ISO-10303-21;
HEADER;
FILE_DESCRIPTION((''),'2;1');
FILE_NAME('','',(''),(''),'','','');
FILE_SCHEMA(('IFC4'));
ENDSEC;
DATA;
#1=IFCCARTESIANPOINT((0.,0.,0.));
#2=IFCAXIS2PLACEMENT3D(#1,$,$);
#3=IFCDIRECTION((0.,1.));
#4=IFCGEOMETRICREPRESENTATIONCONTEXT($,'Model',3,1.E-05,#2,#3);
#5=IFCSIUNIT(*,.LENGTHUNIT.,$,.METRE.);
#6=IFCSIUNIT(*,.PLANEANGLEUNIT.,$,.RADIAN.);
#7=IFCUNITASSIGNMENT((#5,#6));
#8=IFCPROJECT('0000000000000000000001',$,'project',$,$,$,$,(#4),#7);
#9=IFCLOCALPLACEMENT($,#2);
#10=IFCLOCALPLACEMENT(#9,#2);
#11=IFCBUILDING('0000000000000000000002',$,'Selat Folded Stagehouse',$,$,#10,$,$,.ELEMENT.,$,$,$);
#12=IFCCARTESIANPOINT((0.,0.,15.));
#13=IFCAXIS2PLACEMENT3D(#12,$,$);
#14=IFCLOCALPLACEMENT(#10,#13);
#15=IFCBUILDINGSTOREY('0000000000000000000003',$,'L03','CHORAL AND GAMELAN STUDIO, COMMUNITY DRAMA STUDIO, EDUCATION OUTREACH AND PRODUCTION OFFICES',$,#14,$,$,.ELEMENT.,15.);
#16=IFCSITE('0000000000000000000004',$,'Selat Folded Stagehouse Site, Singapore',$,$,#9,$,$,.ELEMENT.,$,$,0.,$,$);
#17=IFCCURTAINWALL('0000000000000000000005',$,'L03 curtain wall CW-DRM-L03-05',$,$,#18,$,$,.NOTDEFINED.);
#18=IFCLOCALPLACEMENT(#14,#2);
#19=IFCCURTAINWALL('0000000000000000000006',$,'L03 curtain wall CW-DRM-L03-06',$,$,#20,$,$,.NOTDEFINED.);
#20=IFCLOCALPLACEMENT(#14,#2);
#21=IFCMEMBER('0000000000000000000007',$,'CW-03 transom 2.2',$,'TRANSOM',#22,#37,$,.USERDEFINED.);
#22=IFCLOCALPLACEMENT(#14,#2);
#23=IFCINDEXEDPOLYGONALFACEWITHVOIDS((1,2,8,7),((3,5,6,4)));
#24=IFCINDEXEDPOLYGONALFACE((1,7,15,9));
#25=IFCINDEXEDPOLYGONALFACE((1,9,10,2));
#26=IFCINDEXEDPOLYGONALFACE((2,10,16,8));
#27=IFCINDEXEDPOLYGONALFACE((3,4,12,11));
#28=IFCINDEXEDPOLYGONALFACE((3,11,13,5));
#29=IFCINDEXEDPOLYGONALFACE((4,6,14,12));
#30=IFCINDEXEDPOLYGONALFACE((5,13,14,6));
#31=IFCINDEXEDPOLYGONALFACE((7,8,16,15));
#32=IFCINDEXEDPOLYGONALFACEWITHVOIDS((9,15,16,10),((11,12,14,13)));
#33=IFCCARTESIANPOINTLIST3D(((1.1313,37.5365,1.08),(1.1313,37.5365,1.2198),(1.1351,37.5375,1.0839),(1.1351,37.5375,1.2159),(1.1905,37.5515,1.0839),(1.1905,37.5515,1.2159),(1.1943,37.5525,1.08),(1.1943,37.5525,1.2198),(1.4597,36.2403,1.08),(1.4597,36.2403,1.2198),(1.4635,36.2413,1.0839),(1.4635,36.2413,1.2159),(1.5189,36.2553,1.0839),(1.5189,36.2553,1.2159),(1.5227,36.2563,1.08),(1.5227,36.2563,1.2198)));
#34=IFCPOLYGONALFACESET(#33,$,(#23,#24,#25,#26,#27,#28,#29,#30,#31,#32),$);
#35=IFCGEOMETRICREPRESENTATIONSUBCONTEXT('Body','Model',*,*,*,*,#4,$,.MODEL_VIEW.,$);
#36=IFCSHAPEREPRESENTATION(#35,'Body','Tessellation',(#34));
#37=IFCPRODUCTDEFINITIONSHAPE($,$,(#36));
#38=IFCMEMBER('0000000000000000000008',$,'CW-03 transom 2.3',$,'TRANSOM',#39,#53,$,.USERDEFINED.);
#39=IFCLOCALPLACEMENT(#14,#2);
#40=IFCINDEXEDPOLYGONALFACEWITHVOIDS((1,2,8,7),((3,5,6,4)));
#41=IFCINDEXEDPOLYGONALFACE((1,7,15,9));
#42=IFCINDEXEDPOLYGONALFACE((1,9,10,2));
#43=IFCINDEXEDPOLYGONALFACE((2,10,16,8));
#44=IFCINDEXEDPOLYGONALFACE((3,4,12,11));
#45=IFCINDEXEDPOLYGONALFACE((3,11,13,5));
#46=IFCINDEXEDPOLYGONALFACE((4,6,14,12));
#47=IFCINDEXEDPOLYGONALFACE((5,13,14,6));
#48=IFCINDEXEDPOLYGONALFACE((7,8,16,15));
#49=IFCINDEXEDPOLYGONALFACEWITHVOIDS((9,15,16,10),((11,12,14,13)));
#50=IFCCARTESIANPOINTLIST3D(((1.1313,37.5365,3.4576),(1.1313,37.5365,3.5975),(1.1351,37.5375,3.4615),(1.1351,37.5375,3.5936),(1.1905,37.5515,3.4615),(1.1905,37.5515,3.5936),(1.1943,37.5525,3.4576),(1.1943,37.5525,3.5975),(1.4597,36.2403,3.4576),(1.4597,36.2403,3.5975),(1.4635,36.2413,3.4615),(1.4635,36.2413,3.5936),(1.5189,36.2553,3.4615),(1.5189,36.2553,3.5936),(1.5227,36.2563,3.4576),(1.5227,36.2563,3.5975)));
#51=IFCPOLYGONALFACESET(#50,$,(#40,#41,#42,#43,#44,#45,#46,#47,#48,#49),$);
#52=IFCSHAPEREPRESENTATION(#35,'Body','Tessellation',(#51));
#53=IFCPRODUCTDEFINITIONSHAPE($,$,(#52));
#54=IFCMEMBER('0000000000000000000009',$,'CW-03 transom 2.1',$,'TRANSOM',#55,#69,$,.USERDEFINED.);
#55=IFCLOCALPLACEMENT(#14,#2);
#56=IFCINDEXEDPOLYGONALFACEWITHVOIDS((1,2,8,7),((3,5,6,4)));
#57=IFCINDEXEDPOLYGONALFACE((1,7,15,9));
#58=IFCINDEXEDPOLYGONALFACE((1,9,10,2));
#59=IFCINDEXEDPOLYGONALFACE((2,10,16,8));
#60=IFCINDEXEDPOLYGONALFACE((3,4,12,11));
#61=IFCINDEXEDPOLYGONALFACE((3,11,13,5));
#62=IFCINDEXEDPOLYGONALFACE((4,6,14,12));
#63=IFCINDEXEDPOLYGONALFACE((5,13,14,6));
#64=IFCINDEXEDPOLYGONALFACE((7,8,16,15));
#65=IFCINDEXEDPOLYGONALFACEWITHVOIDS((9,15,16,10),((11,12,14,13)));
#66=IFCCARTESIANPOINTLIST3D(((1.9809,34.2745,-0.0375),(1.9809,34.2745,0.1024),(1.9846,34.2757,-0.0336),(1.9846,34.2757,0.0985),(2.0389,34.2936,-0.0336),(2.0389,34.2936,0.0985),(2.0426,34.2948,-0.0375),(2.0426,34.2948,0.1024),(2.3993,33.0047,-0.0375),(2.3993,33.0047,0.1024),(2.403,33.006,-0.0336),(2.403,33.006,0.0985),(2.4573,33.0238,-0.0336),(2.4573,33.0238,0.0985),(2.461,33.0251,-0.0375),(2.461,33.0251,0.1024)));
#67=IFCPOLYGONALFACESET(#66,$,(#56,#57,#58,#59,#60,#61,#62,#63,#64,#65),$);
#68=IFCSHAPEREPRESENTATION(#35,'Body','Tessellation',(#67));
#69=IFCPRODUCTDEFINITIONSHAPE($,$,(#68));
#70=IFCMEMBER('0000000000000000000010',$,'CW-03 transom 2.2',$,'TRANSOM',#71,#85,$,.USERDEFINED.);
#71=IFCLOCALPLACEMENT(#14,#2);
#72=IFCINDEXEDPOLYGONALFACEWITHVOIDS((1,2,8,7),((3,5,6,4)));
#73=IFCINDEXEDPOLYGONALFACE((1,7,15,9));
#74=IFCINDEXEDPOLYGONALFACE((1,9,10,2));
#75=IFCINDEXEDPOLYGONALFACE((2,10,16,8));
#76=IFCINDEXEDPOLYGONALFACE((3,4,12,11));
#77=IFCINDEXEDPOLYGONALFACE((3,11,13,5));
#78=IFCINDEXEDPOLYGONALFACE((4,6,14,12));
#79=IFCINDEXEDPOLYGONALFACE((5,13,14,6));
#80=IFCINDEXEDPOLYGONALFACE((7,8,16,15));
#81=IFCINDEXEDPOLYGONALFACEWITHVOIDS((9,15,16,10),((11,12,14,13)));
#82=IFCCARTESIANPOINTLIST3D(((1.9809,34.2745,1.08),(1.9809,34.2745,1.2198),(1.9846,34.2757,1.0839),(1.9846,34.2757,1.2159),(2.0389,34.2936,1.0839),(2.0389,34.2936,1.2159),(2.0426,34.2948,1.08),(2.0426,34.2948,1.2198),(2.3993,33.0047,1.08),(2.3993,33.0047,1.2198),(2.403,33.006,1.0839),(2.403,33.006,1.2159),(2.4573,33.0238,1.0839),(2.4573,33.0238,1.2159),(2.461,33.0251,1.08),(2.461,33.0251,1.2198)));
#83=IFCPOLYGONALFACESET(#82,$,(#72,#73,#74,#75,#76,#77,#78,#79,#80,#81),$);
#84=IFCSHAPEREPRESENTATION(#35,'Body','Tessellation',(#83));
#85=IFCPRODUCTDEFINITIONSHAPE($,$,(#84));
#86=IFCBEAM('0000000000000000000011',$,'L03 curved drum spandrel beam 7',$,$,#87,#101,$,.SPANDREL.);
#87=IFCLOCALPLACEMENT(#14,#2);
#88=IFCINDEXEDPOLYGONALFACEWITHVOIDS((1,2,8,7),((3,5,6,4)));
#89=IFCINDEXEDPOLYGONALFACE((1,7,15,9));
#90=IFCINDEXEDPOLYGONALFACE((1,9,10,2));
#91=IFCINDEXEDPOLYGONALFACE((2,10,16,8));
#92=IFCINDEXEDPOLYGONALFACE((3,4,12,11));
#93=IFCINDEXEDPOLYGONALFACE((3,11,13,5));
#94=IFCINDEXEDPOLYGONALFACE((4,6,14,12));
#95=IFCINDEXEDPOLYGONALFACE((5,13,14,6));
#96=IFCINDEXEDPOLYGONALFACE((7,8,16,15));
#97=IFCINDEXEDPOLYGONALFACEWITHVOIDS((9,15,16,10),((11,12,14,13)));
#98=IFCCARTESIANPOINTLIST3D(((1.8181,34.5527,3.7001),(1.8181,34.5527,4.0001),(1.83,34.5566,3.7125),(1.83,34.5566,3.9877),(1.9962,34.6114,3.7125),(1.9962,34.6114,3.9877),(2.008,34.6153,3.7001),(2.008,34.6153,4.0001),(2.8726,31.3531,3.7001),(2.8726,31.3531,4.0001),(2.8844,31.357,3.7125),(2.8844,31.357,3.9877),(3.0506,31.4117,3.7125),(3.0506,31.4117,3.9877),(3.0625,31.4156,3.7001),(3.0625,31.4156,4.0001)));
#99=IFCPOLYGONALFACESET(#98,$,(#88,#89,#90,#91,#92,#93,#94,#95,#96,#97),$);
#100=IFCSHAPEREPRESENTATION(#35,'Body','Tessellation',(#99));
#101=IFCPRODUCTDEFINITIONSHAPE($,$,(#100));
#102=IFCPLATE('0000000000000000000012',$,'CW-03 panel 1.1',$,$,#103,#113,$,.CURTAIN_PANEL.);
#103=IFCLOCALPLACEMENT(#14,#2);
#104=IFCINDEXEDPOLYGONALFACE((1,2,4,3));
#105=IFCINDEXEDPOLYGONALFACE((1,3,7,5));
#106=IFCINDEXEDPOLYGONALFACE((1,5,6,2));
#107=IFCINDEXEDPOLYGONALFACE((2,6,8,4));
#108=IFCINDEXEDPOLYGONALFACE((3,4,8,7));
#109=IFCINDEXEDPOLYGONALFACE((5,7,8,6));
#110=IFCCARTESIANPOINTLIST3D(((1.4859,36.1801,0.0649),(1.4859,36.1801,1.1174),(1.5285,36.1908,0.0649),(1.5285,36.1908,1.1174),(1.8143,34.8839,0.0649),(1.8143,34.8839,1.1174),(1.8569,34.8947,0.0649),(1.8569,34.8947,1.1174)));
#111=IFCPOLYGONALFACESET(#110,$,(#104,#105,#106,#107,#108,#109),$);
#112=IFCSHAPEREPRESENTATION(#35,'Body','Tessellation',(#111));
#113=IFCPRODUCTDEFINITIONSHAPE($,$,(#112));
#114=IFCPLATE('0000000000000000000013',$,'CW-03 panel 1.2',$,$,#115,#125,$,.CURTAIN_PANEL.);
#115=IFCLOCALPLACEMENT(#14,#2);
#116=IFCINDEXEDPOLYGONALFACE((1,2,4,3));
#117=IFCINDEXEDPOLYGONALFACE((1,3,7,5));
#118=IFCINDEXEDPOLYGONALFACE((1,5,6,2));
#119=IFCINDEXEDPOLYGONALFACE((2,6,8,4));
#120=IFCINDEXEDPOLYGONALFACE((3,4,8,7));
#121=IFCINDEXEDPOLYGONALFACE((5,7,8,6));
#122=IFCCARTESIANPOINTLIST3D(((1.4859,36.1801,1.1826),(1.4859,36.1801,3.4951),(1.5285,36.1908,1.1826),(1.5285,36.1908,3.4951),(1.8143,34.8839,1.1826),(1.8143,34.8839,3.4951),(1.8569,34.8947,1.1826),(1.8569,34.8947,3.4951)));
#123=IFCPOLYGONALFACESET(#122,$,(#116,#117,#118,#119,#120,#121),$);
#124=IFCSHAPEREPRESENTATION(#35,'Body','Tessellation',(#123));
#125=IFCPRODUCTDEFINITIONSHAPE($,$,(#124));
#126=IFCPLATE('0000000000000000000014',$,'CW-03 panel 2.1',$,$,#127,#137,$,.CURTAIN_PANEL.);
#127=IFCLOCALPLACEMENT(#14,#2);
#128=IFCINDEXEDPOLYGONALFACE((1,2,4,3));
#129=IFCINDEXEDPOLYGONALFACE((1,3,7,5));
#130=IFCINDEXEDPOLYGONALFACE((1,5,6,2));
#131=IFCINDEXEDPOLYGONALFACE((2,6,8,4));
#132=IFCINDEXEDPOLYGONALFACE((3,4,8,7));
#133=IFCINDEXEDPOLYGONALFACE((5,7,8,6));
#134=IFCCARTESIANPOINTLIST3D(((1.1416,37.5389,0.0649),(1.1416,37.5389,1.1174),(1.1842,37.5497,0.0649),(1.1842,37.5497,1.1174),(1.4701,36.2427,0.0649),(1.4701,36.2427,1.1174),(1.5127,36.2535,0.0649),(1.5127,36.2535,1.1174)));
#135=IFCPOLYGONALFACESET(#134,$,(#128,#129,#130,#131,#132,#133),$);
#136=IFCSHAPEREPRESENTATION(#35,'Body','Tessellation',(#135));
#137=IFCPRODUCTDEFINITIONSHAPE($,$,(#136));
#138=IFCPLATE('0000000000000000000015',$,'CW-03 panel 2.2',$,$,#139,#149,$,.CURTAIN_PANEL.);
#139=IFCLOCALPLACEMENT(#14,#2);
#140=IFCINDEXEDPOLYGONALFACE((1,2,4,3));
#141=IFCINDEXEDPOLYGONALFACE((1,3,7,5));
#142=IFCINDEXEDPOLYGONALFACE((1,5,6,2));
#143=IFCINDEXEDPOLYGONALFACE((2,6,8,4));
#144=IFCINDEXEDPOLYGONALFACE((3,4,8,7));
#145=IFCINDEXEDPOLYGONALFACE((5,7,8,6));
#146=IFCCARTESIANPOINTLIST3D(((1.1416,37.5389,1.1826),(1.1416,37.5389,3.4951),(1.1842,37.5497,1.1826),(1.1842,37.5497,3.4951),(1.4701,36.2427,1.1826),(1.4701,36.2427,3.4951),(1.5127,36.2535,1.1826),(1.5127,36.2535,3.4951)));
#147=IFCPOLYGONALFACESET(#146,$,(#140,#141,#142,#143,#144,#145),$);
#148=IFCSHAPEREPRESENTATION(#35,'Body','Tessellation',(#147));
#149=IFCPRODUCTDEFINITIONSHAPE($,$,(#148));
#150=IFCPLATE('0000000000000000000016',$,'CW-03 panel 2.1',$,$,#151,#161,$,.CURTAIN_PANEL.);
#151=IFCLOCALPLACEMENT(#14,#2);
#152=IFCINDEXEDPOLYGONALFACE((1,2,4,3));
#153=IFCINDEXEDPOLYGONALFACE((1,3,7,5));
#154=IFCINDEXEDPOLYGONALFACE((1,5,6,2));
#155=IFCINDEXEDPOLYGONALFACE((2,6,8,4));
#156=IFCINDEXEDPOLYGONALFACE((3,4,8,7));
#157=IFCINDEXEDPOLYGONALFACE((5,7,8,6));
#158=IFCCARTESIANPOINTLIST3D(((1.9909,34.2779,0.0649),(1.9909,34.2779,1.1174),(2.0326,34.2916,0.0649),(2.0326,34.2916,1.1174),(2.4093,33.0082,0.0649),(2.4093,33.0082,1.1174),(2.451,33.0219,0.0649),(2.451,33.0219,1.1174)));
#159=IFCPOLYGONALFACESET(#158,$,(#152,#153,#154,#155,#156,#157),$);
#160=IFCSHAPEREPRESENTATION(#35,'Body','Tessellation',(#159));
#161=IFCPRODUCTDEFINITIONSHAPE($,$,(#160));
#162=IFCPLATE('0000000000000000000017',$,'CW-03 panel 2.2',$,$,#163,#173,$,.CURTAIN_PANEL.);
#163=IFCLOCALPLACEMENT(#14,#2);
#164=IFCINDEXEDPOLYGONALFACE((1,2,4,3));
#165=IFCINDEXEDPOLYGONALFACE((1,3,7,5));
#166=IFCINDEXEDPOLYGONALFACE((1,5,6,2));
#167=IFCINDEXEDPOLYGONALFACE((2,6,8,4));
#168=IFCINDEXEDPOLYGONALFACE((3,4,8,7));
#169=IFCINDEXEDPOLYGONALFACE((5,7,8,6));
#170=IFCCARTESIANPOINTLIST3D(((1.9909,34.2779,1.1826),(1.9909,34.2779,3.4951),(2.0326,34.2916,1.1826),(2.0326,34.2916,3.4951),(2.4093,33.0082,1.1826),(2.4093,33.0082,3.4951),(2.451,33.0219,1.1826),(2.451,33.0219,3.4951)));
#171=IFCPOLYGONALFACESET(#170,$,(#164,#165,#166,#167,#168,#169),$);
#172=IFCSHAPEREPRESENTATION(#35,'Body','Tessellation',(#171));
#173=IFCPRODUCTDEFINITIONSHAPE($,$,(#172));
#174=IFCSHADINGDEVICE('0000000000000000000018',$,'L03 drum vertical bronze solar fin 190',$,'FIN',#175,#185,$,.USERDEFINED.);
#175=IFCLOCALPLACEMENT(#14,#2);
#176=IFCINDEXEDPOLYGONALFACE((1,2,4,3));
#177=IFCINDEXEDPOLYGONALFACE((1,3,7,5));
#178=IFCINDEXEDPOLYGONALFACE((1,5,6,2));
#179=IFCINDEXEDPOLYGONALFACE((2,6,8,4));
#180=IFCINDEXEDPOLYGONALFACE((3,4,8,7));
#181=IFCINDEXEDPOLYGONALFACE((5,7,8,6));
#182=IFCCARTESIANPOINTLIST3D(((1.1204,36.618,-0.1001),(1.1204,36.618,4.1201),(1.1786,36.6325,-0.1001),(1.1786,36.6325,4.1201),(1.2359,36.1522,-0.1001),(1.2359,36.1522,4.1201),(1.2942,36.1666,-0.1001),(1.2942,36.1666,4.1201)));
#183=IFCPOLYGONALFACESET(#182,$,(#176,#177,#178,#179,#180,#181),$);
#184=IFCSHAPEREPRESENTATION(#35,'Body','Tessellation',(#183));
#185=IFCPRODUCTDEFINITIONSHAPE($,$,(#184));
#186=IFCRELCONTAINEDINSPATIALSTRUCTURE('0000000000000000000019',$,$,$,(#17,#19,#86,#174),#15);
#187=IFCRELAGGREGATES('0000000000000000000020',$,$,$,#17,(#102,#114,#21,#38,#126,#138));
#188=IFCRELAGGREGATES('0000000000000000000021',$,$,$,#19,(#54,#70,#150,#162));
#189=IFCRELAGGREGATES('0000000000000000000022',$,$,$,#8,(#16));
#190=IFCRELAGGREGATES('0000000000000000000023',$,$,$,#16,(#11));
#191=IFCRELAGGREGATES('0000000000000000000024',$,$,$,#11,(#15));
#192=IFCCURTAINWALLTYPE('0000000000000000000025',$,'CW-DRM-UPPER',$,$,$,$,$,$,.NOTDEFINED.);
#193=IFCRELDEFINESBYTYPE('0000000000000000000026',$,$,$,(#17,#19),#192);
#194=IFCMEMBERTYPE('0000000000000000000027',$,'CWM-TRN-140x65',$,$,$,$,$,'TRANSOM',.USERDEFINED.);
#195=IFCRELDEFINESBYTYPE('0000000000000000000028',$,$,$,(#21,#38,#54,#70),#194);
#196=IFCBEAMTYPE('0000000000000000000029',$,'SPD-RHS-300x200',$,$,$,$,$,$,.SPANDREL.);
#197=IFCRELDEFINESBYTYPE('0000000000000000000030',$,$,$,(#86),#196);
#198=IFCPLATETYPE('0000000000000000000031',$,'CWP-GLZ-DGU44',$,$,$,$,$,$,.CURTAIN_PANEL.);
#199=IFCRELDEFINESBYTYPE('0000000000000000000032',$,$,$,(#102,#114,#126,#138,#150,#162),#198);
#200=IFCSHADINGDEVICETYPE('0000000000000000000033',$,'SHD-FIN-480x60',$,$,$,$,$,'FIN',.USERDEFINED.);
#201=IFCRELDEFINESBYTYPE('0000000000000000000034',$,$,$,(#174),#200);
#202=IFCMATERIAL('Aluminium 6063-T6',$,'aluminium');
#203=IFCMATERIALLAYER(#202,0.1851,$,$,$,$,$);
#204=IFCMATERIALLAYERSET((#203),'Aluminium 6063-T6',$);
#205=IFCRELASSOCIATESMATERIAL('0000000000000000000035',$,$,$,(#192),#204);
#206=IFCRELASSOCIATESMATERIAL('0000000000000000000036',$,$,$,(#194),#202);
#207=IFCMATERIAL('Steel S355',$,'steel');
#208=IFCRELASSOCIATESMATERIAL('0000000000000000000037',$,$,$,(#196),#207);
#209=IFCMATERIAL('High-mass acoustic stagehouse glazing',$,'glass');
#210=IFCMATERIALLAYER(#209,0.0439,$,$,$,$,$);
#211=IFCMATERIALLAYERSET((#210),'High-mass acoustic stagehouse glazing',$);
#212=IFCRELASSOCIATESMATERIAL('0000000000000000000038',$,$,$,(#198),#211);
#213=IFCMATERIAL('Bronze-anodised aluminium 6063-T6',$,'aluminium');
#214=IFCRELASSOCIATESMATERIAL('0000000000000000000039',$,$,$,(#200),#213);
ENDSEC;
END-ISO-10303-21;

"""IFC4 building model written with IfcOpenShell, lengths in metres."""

from ifc_helpers import new_model, si_unit, direction, frame, origin, origin_2d, place, context, subcontext, project, spatial, rectangle, hollow_rectangle, extrude, material, layer, layer_set, material_profile, profile_set, type_object, element, aggregate, save


model = new_model("IFC4")

# Units and contexts
model_context = context("Model", 3, precision=1e-05, world=origin(), true_north=direction((0.0, 1.0)))
body_context = subcontext(model_context, "Body", "Model", "MODEL_VIEW")
ifc_project = project(units=[si_unit("LENGTHUNIT", "METRE"), si_unit("PLANEANGLEUNIT", "RADIAN")], contexts=[model_context])

# Site, building, storey
site_placement = place(None, origin())
site = spatial("IfcSite", under=ifc_project, at=site_placement, Name="Selat Folded Stagehouse Site, Singapore", CompositionType="ELEMENT", RefElevation=0.0)
building_placement = place(site_placement, origin())
building = spatial("IfcBuilding", under=site, at=building_placement, Name="Selat Folded Stagehouse", CompositionType="ELEMENT")
storey_placement = place(building_placement, frame((0.0, 0.0, 15.0)))
storey = spatial("IfcBuildingStorey", under=building, at=storey_placement, Name="L03", Description="CHORAL AND GAMELAN STUDIO, COMMUNITY DRAMA STUDIO, EDUCATION OUTREACH AND PRODUCTION OFFICES", CompositionType="ELEMENT", Elevation=15.0)

# Shared definitions
ifc_material_1 = material(Name="Steel S355", Category="steel")

# Curtain wall
ifc_material_2 = material(Name="Aluminium 6063-T6", Category="aluminium")
ifc_layer_1 = layer(ifc_material_2, 0.1851)
ifc_layer_set_1 = layer_set([ifc_layer_1], Name="Aluminium 6063-T6")
curtain_wall_type = type_object("IfcCurtainWallType", Name="CW-DRM-UPPER", PredefinedType="NOTDEFINED", material=ifc_layer_set_1)
curtain_wall_1_placement = place(storey_placement, origin())
curtain_wall_1 = element("IfcCurtainWall", 1, at=curtain_wall_1_placement, inside=storey, type_object=curtain_wall_type, Name="L03 curtain wall CW-DRM-L03-05", PredefinedType="NOTDEFINED")

# Curtain wall
curtain_wall_2_placement = place(storey_placement, origin())
curtain_wall_2 = element("IfcCurtainWall", 2, at=curtain_wall_2_placement, inside=storey, type_object=curtain_wall_type, Name="L03 curtain wall CW-DRM-L03-06", PredefinedType="NOTDEFINED")

# Members
ifc_material_profile_1 = material_profile(ifc_material_2, hollow_rectangle(XDim=0.0649, YDim=0.1399, WallThickness=0.0039, at=origin_2d()), Name="ALU 140x65x4.0")
ifc_profile_set_1 = profile_set([ifc_material_profile_1], Name="Aluminium 6063-T6")
member_type_1 = type_object("IfcMemberType", Name="CWM-TRN-140x65", ElementType="TRANSOM", PredefinedType="USERDEFINED", material=ifc_profile_set_1)
member_1_placement = place(storey_placement, frame((1.4912, 36.2483, 1.1499), z_axis=(-0.245585, 0.969375, 0.0), x_axis=(-0.969375, -0.245585, 0.0)))
member_1 = element("IfcMember", 3, at=member_1_placement, type_object=member_type_1, Name="CW-03 transom 2.2", ObjectType="TRANSOM", PredefinedType="USERDEFINED", context=body_context, shape_type="SweptSolid", body=[
    extrude(hollow_rectangle(XDim=0.0649, YDim=0.1399, WallThickness=0.0039, at=origin_2d()), origin(), (0.0, 0.0, 1.0), 1.3372),
])
member_2_placement = place(storey_placement, frame((1.4912, 36.2483, 3.5276), z_axis=(-0.245585, 0.969375, 0.0), x_axis=(-0.969375, -0.245585, 0.0)))
member_2 = element("IfcMember", 4, at=member_2_placement, type_object=member_type_1, Name="CW-03 transom 2.3", ObjectType="TRANSOM", PredefinedType="USERDEFINED", context=body_context, shape_type="SweptSolid", body=[
    extrude(hollow_rectangle(XDim=0.0649, YDim=0.1399, WallThickness=0.0039, at=origin_2d()), origin(), (0.0, 0.0, 1.0), 1.3372),
])
member_3_placement = place(storey_placement, frame((2.4302, 33.0149, 0.0325), z_axis=(-0.312994, 0.949755, 0.0), x_axis=(-0.949755, -0.312994, 0.0)))
member_3 = element("IfcMember", 5, at=member_3_placement, type_object=member_type_1, Name="CW-03 transom 2.1", ObjectType="TRANSOM", PredefinedType="USERDEFINED", context=body_context, shape_type="SweptSolid", body=[
    extrude(hollow_rectangle(XDim=0.0649, YDim=0.1399, WallThickness=0.0039, at=origin_2d()), origin(), (0.0, 0.0, 1.0), 1.3369),
])
member_4_placement = place(storey_placement, frame((2.4302, 33.0149, 1.1499), z_axis=(-0.312994, 0.949755, 0.0), x_axis=(-0.949755, -0.312994, 0.0)))
member_4 = element("IfcMember", 6, at=member_4_placement, type_object=member_type_1, Name="CW-03 transom 2.2", ObjectType="TRANSOM", PredefinedType="USERDEFINED", context=body_context, shape_type="SweptSolid", body=[
    extrude(hollow_rectangle(XDim=0.0649, YDim=0.1399, WallThickness=0.0039, at=origin_2d()), origin(), (0.0, 0.0, 1.0), 1.3369),
])

# Beam
ifc_material_profile_2 = material_profile(ifc_material_1, hollow_rectangle(XDim=0.2, YDim=0.3, WallThickness=0.0125, at=origin_2d()), Name="RHS 300x200x12.5")
ifc_profile_set_2 = profile_set([ifc_material_profile_2], Name="Steel S355")
beam_type = type_object("IfcBeamType", Name="SPD-RHS-300x200", PredefinedType="SPANDREL", material=ifc_profile_set_2)
beam_placement = place(storey_placement, frame((1.9131, 34.584, 3.8501), z_axis=(0.312987, -0.949758, 0.0), x_axis=(0.949758, 0.312987, 0.0)))
element("IfcBeam", 7, at=beam_placement, inside=storey, type_object=beam_type, Name="L03 curved drum spandrel beam 7", PredefinedType="SPANDREL", context=body_context, shape_type="SweptSolid", body=[
    extrude(hollow_rectangle(XDim=0.2, YDim=0.3, WallThickness=0.0125, at=origin_2d()), origin(), (0.0, 0.0, 1.0), 3.3689),
])

# Plates
ifc_material_3 = material(Name="High-mass acoustic stagehouse glazing", Category="glass")
ifc_layer_2 = layer(ifc_material_3, 0.0439)
ifc_layer_set_2 = layer_set([ifc_layer_2], Name="High-mass acoustic stagehouse glazing")
plate_type = type_object("IfcPlateType", Name="CWP-GLZ-DGU44", PredefinedType="CURTAIN_PANEL", material=ifc_layer_set_2)
plate_1_placement = place(storey_placement, frame((1.6714, 35.5374, 0.0649), z_axis=(0.0, 0.0, 1.0), x_axis=(-0.245618, 0.969367, 0.0)))
plate_1 = element("IfcPlate", 8, at=plate_1_placement, type_object=plate_type, Name="CW-03 panel 1.1", PredefinedType="CURTAIN_PANEL", context=body_context, shape_type="SweptSolid", body=[
    extrude(rectangle(XDim=1.3372, YDim=0.0439, at=origin_2d()), origin(), (0.0, 0.0, 1.0), 1.0525),
])
plate_2_placement = place(storey_placement, frame((1.6714, 35.5374, 1.1826), z_axis=(0.0, 0.0, 1.0), x_axis=(-0.245618, 0.969367, 0.0)))
plate_2 = element("IfcPlate", 9, at=plate_2_placement, type_object=plate_type, Name="CW-03 panel 1.2", PredefinedType="CURTAIN_PANEL", context=body_context, shape_type="SweptSolid", body=[
    extrude(rectangle(XDim=1.3372, YDim=0.0439, at=origin_2d()), origin(), (0.0, 0.0, 1.0), 2.3125),
])
plate_3_placement = place(storey_placement, frame((1.3271, 36.8962, 0.0649), z_axis=(0.0, 0.0, 1.0), x_axis=(-0.245618, 0.969367, 0.0)))
plate_3 = element("IfcPlate", 10, at=plate_3_placement, type_object=plate_type, Name="CW-03 panel 2.1", PredefinedType="CURTAIN_PANEL", context=body_context, shape_type="SweptSolid", body=[
    extrude(rectangle(XDim=1.3372, YDim=0.0439, at=origin_2d()), origin(), (0.0, 0.0, 1.0), 1.0525),
])
plate_4_placement = place(storey_placement, frame((1.3271, 36.8962, 1.1826), z_axis=(0.0, 0.0, 1.0), x_axis=(-0.245618, 0.969367, 0.0)))
plate_4 = element("IfcPlate", 11, at=plate_4_placement, type_object=plate_type, Name="CW-03 panel 2.2", PredefinedType="CURTAIN_PANEL", context=body_context, shape_type="SweptSolid", body=[
    extrude(rectangle(XDim=1.3372, YDim=0.0439, at=origin_2d()), origin(), (0.0, 0.0, 1.0), 2.3125),
])
aggregate(curtain_wall_1, [plate_1, plate_2, member_1, member_2, plate_3, plate_4])
plate_5_placement = place(storey_placement, frame((2.2209, 33.6499, 0.0649), z_axis=(0.0, 0.0, 1.0), x_axis=(-0.312995, 0.949755, 0.0)))
plate_5 = element("IfcPlate", 12, at=plate_5_placement, type_object=plate_type, Name="CW-03 panel 2.1", PredefinedType="CURTAIN_PANEL", context=body_context, shape_type="SweptSolid", body=[
    extrude(rectangle(XDim=1.3369, YDim=0.0439, at=origin_2d()), origin(), (0.0, 0.0, 1.0), 1.0525),
])
plate_6_placement = place(storey_placement, frame((2.2209, 33.6499, 1.1826), z_axis=(0.0, 0.0, 1.0), x_axis=(-0.312995, 0.949755, 0.0)))
plate_6 = element("IfcPlate", 13, at=plate_6_placement, type_object=plate_type, Name="CW-03 panel 2.2", PredefinedType="CURTAIN_PANEL", context=body_context, shape_type="SweptSolid", body=[
    extrude(rectangle(XDim=1.3369, YDim=0.0439, at=origin_2d()), origin(), (0.0, 0.0, 1.0), 2.3125),
])
aggregate(curtain_wall_2, [member_3, member_4, plate_5, plate_6])

# Shading device
ifc_material_4 = material(Name="Bronze-anodised aluminium 6063-T6", Category="aluminium")
ifc_material_profile_3 = material_profile(ifc_material_4, rectangle(XDim=0.0601, YDim=0.48, at=origin_2d()), Name="SOLAR-FIN 480x60")
ifc_profile_set_3 = profile_set([ifc_material_profile_3], Name="Bronze-anodised aluminium 6063-T6")
shading_device_type = type_object("IfcShadingDeviceType", Name="SHD-FIN-480x60", ElementType="FIN", PredefinedType="USERDEFINED", material=ifc_profile_set_3)
for number, where, z_axis, x_axis, name in (
    (14, (1.2073, 36.3923, -0.1001), (0.0, 0.0, 1.0), (-0.970591, -0.240736, 0.0), "L03 drum vertical bronze solar fin 190"),
):
    element("IfcShadingDevice", number, at=place(storey_placement, frame(where, z_axis=z_axis, x_axis=x_axis)), inside=storey, type_object=shading_device_type, Name=name, ObjectType="FIN", PredefinedType="USERDEFINED", context=body_context, shape_type="SweptSolid", body=[
        extrude(rectangle(XDim=0.0601, YDim=0.48, at=origin_2d()), origin(), (0.0, 0.0, 1.0), 4.2202),
    ])

save(model, "model.ifc")
